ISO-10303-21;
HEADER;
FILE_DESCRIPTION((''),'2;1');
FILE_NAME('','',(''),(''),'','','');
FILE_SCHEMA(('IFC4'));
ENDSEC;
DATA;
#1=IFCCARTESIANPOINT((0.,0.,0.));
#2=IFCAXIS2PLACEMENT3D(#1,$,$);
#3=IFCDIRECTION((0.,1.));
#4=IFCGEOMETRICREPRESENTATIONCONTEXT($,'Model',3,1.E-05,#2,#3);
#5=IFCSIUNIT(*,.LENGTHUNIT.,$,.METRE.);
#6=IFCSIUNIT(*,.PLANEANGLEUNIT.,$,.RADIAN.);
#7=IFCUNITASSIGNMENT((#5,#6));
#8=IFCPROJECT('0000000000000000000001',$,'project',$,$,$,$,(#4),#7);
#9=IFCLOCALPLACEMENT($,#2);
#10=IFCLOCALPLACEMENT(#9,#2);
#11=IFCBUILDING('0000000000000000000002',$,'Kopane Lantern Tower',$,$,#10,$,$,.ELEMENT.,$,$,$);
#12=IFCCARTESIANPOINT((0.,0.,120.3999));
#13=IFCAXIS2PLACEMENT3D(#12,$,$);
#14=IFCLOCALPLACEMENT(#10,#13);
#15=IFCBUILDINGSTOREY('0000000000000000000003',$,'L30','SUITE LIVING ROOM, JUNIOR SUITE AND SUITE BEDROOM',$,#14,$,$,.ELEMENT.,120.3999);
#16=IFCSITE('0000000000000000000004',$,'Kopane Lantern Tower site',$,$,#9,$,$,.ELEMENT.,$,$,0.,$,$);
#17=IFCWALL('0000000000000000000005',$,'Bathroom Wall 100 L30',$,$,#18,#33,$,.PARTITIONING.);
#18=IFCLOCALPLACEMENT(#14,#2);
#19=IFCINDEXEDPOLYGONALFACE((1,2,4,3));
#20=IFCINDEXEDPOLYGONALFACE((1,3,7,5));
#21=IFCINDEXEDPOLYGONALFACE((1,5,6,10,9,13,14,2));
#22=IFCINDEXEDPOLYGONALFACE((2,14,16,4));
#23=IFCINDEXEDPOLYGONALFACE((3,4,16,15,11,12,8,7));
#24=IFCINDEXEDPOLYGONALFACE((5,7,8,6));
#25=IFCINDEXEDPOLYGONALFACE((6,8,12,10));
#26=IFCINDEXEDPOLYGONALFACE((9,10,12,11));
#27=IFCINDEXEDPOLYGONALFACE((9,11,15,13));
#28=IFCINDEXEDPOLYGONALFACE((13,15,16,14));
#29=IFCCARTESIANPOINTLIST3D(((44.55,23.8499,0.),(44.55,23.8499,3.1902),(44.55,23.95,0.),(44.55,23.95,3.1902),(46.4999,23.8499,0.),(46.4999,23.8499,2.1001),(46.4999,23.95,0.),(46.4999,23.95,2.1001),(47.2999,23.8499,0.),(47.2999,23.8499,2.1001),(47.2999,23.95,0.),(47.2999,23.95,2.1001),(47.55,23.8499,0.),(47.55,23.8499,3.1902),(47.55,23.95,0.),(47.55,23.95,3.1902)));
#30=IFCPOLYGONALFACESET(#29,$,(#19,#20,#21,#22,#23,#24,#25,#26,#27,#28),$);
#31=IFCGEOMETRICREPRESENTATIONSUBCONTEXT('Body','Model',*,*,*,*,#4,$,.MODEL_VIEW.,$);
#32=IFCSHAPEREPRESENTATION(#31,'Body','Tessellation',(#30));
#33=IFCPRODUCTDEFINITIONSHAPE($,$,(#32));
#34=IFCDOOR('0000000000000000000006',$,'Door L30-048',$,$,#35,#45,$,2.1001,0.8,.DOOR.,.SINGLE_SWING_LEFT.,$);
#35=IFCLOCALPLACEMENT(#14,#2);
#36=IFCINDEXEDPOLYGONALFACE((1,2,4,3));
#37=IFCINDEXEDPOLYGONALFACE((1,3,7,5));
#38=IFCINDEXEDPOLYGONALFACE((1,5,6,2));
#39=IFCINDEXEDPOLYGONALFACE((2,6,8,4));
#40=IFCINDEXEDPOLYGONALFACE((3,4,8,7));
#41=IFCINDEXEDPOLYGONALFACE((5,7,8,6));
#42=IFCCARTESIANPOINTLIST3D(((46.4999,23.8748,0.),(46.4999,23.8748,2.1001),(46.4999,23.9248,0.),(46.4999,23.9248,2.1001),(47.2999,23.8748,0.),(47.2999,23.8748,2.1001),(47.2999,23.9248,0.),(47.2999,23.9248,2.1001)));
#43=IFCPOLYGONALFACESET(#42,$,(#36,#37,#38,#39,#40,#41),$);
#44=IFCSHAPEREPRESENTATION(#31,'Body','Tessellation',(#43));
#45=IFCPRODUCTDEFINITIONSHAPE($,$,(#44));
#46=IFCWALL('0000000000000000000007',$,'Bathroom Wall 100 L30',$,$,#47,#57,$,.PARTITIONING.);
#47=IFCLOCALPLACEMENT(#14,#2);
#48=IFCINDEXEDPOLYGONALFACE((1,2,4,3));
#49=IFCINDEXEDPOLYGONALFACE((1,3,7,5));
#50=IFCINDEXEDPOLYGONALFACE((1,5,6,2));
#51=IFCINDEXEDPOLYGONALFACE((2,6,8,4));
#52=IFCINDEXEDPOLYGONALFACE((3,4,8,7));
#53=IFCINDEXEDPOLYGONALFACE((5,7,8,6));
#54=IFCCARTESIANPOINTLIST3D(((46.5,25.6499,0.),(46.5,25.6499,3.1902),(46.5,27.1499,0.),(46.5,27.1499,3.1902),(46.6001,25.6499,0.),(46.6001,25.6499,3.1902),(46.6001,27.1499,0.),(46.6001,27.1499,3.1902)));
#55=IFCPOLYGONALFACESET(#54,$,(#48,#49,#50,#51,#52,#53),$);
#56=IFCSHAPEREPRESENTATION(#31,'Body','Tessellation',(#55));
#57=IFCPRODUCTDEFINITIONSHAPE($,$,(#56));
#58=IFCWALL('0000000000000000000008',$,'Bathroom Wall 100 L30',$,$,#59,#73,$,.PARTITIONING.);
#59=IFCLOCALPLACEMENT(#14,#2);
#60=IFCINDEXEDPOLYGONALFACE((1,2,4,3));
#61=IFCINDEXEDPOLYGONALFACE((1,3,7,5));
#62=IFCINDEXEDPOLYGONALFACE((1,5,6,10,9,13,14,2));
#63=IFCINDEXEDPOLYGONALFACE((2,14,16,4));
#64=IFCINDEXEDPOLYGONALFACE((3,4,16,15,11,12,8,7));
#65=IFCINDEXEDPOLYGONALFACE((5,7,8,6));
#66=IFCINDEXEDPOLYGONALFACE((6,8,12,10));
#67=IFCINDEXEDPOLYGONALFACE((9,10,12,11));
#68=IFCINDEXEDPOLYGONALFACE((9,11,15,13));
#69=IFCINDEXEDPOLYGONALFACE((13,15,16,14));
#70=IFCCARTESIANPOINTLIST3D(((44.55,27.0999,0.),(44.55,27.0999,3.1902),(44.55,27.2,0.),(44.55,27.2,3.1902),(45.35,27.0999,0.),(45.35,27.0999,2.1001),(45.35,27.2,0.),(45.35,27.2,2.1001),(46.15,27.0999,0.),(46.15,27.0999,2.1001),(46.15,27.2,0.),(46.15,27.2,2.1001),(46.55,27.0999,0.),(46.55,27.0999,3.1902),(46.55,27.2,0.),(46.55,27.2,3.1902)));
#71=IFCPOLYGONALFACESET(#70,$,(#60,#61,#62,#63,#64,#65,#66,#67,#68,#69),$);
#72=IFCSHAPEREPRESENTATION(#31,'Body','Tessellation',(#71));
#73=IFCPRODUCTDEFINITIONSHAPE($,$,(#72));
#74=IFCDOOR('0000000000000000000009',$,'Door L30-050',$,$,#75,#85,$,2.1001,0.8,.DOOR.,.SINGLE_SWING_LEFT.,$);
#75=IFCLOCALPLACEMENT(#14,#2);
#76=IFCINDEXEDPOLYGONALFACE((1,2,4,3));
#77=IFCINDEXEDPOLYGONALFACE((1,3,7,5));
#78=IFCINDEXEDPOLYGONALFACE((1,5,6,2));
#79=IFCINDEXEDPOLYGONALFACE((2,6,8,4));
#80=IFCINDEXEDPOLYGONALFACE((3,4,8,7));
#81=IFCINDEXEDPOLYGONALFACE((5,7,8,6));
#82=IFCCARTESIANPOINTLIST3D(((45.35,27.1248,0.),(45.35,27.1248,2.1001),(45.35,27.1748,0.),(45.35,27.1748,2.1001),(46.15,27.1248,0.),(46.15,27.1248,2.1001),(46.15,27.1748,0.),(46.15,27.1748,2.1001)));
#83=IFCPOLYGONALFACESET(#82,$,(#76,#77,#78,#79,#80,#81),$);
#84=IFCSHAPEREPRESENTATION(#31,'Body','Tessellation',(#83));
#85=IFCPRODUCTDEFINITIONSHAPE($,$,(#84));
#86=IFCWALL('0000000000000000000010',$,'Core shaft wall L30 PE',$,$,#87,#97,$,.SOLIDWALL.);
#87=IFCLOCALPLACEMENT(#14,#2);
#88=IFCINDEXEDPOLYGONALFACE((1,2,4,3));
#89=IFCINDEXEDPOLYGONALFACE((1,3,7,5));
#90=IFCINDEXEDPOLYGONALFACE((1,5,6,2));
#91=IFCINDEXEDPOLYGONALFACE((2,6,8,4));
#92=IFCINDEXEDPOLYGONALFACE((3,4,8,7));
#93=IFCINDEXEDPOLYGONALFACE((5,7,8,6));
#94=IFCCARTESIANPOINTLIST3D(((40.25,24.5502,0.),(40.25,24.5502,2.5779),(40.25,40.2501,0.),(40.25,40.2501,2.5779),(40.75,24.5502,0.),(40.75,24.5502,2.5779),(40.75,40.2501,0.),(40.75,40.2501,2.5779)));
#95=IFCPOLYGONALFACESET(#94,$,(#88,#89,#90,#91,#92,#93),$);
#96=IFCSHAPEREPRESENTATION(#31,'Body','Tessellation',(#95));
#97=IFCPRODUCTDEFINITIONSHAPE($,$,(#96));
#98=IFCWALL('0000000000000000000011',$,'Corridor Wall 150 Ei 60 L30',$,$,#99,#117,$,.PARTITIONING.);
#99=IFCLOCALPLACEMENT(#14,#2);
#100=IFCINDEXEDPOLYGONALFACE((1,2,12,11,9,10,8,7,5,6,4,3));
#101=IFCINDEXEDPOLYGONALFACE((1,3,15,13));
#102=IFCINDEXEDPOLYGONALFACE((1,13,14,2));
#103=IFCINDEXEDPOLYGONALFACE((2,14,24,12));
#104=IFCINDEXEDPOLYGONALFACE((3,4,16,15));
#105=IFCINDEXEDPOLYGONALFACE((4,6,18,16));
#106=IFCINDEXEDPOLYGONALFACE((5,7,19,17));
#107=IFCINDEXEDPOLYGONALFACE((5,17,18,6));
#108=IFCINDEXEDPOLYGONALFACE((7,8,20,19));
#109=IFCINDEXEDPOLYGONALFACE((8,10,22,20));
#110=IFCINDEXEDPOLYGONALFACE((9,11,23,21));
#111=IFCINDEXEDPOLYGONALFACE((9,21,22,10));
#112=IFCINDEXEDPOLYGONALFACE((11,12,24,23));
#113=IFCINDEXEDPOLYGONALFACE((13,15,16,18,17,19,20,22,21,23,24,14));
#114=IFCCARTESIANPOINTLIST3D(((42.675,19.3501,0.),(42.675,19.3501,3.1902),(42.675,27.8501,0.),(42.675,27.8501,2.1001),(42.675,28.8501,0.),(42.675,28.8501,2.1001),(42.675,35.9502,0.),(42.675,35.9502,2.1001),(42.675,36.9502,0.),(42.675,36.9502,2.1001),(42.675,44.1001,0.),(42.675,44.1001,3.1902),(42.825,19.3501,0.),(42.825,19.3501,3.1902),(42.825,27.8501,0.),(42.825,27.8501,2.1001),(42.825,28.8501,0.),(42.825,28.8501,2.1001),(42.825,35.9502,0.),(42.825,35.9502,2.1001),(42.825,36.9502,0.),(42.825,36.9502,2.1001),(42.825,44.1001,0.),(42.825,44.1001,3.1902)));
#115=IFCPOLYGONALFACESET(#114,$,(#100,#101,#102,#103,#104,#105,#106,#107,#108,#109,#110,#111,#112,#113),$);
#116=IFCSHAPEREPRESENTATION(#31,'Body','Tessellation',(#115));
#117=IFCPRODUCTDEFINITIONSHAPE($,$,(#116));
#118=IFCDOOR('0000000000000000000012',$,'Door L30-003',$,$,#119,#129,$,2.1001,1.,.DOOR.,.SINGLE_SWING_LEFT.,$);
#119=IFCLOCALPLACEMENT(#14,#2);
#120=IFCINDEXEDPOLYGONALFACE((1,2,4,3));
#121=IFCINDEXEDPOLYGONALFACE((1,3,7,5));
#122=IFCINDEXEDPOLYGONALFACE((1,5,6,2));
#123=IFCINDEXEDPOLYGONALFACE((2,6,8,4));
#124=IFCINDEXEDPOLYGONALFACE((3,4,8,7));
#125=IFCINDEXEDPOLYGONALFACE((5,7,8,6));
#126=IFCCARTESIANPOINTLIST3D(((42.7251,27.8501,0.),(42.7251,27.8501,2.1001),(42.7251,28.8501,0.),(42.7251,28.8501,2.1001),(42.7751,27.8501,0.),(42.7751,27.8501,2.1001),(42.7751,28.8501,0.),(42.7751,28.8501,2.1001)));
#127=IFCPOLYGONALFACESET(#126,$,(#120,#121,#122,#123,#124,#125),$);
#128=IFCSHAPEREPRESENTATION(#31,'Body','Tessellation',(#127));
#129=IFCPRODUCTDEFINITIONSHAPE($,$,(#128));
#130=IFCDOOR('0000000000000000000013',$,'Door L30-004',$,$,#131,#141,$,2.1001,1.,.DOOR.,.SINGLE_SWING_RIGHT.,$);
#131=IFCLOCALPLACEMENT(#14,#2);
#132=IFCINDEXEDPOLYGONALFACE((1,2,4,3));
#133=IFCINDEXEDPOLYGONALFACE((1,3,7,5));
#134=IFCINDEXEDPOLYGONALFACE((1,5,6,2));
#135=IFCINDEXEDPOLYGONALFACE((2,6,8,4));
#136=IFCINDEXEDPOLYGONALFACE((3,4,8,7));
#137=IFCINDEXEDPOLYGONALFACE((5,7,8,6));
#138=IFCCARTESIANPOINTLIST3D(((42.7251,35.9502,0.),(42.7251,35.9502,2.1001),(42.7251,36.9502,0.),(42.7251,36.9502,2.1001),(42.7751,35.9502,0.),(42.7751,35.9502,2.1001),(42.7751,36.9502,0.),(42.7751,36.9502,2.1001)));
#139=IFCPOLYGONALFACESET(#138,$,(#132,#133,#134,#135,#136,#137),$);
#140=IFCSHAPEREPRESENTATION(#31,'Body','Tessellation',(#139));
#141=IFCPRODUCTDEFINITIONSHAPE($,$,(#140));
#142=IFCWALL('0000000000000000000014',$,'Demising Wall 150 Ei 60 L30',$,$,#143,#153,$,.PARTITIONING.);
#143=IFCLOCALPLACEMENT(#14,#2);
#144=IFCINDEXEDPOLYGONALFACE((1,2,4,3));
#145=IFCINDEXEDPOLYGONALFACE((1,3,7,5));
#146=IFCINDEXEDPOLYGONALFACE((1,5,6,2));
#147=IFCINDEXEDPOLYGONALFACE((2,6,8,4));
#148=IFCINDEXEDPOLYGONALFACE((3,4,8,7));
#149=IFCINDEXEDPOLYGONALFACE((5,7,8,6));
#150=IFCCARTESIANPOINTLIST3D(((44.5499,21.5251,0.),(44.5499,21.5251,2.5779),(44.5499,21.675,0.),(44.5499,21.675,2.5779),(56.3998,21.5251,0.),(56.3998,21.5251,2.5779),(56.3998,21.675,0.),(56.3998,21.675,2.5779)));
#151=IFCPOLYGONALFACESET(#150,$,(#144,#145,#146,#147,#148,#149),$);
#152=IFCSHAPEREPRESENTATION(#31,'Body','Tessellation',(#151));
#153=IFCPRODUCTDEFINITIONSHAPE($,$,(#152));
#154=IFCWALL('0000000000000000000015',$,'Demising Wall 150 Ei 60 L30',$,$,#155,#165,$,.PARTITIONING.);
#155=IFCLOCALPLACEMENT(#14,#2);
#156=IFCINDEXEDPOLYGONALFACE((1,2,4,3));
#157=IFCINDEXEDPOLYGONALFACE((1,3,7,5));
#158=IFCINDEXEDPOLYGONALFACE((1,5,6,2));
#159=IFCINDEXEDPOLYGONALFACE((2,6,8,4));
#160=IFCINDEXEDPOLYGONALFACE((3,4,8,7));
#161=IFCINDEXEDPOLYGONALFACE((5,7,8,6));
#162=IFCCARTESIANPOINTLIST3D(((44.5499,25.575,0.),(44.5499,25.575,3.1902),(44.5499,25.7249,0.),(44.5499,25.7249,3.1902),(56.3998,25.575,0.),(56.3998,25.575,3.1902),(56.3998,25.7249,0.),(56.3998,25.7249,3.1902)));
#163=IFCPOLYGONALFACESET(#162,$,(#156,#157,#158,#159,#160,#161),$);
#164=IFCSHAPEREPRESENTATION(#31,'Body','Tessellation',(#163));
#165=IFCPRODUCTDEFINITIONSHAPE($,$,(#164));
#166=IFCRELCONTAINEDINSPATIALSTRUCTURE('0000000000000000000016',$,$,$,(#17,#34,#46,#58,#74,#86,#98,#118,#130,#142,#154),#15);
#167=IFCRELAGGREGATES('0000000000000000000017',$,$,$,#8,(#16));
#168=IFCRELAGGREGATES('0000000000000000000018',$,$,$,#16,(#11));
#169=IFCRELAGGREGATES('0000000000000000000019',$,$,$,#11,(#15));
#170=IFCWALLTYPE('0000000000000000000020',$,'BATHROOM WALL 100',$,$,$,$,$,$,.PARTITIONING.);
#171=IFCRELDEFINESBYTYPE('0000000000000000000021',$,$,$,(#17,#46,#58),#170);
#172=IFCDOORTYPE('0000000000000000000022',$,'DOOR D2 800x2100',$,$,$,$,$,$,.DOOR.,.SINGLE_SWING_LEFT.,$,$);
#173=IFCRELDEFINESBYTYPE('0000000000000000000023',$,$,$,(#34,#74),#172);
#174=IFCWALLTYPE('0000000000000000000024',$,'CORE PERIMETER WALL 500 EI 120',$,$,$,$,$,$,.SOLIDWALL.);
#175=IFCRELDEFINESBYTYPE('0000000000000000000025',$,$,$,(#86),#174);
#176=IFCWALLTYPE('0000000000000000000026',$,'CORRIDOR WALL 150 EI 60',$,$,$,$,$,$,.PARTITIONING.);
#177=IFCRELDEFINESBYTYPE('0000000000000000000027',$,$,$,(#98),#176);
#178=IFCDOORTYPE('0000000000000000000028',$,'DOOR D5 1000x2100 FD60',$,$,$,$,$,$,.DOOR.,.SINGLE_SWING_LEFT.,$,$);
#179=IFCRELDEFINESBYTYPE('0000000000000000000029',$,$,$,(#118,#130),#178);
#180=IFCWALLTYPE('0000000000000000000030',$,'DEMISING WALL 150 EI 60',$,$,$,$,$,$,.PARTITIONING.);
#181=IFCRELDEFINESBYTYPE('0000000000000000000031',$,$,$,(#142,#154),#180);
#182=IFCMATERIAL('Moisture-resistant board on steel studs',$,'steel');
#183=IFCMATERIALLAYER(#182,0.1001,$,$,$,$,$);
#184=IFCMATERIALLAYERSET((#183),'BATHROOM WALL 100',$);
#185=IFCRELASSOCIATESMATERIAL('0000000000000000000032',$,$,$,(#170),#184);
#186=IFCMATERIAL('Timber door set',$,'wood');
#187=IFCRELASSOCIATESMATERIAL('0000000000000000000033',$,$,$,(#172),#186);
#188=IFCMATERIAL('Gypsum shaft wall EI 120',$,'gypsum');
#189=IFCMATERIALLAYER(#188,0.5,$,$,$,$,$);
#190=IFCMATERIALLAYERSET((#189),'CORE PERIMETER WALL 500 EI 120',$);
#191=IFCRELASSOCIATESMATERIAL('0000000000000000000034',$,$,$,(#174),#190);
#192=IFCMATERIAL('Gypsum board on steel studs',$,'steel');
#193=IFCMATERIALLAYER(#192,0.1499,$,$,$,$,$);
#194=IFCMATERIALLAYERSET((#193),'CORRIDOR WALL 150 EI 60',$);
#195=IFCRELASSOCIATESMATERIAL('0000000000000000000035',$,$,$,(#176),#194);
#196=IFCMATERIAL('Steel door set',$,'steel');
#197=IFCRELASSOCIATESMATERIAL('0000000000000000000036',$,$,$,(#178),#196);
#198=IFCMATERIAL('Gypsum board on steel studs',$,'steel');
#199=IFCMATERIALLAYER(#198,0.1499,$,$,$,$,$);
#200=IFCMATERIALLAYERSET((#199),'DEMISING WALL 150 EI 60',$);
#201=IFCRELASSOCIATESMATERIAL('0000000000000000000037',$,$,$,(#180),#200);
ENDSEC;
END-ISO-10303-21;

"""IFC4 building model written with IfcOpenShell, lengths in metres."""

from ifc_helpers import new_model, si_unit, direction, frame, frame_2d, origin, place, context, subcontext, project, spatial, rectangle, extrude, material, layer, layer_set, type_object, element, fill, save


model = new_model("IFC4")

# Units and contexts
model_context = context("Model", 3, precision=1e-05, world=origin(), true_north=direction((0.0, 1.0)))
body_context = subcontext(model_context, "Body", "Model", "MODEL_VIEW")
ifc_project = project(units=[si_unit("LENGTHUNIT", "METRE"), si_unit("PLANEANGLEUNIT", "RADIAN")], contexts=[model_context])

# Site, building, storey
site_placement = place(None, origin())
site = spatial("IfcSite", under=ifc_project, at=site_placement, Name="Kopane Lantern Tower site", CompositionType="ELEMENT", RefElevation=0.0)
building_placement = place(site_placement, origin())
building = spatial("IfcBuilding", under=site, at=building_placement, Name="Kopane Lantern Tower", CompositionType="ELEMENT")
storey_placement = place(building_placement, frame((0.0, 0.0, 120.3999)))
storey = spatial("IfcBuildingStorey", under=building, at=storey_placement, Name="L30", Description="SUITE LIVING ROOM, JUNIOR SUITE AND SUITE BEDROOM", CompositionType="ELEMENT", Elevation=120.3999)

# Shared definitions
ifc_material_1 = material(Name="Moisture-resistant board on steel studs", Category="steel")
ifc_layer_1 = layer(ifc_material_1, 0.1001)
ifc_layer_set_1 = layer_set([ifc_layer_1], Name="BATHROOM WALL 100")
wall_type_1 = type_object("IfcWallType", Name="BATHROOM WALL 100", PredefinedType="PARTITIONING", material=ifc_layer_set_1)

# Wall, opening, door
wall_1_placement = place(storey_placement, frame((44.55, 23.8999, 0.0), z_axis=(0.0, 0.0, 1.0), x_axis=(1.0, 0.0, 0.0)))
wall_1 = element("IfcWall", 1, at=wall_1_placement, inside=storey, type_object=wall_type_1, Name="Bathroom Wall 100 L30", PredefinedType="PARTITIONING", context=body_context, shape_type="SweptSolid", body=[
    extrude(rectangle(XDim=3.0, YDim=0.1001, at=frame_2d((1.5, 0.0))), origin(), (0.0, 0.0, 1.0), 3.1902),
])
opening_1_placement = place(wall_1_placement, frame((1.95, 0.0, 0.0)))
opening_1 = element("IfcOpeningElement", 2, at=opening_1_placement, cuts=wall_1, PredefinedType="OPENING", context=body_context, shape_type="SweptSolid", body=[
    extrude(rectangle(XDim=0.8, YDim=2.1001, at=frame_2d((0.3999, 1.05))), frame((0.0, 0.0601, 0.0), z_axis=(0.0, -1.0, 0.0), x_axis=(1.0, 0.0, 0.0)), (0.0, 0.0, 1.0), 0.1201),
])
ifc_material_2 = material(Name="Timber door set", Category="wood")
door_type_1 = type_object("IfcDoorType", Name="DOOR D2 800x2100", OperationType="SINGLE_SWING_LEFT", PredefinedType="DOOR", material=ifc_material_2)
door_1_placement = place(opening_1_placement, origin())
door_1 = element("IfcDoor", 3, at=door_1_placement, inside=storey, type_object=door_type_1, Name="Door L30-048", OperationType="SINGLE_SWING_LEFT", OverallHeight=2.1001, OverallWidth=0.8, PredefinedType="DOOR", context=body_context, shape_type="SweptSolid", body=[
    extrude(rectangle(XDim=0.8, YDim=2.1001, at=frame_2d((0.3999, 1.05))), frame((0.0, 0.0249, 0.0), z_axis=(0.0, -1.0, 0.0), x_axis=(1.0, 0.0, 0.0)), (0.0, 0.0, 1.0), 0.05),
])
fill(opening_1, door_1)

# Wall
wall_2_placement = place(storey_placement, frame((46.55, 25.6499, 0.0), z_axis=(0.0, 0.0, 1.0), x_axis=(0.0, 1.0, 0.0)))
element("IfcWall", 4, at=wall_2_placement, inside=storey, type_object=wall_type_1, Name="Bathroom Wall 100 L30", PredefinedType="PARTITIONING", context=body_context, shape_type="SweptSolid", body=[
    extrude(rectangle(XDim=1.5, YDim=0.1001, at=frame_2d((0.75, 0.0))), origin(), (0.0, 0.0, 1.0), 3.1902),
])

# Wall, opening, door
wall_3_placement = place(storey_placement, frame((44.55, 27.1499, 0.0), z_axis=(0.0, 0.0, 1.0), x_axis=(1.0, 0.0, 0.0)))
wall_3 = element("IfcWall", 5, at=wall_3_placement, inside=storey, type_object=wall_type_1, Name="Bathroom Wall 100 L30", PredefinedType="PARTITIONING", context=body_context, shape_type="SweptSolid", body=[
    extrude(rectangle(XDim=2.0, YDim=0.1001, at=frame_2d((1.0, 0.0))), origin(), (0.0, 0.0, 1.0), 3.1902),
])
opening_2_placement = place(wall_3_placement, frame((0.8, 0.0, 0.0)))
opening_2 = element("IfcOpeningElement", 6, at=opening_2_placement, cuts=wall_3, PredefinedType="OPENING", context=body_context, shape_type="SweptSolid", body=[
    extrude(rectangle(XDim=0.8, YDim=2.1001, at=frame_2d((0.3999, 1.05))), frame((0.0, 0.0601, 0.0), z_axis=(0.0, -1.0, 0.0), x_axis=(1.0, 0.0, 0.0)), (0.0, 0.0, 1.0), 0.1201),
])
door_2_placement = place(opening_2_placement, origin())
door_2 = element("IfcDoor", 7, at=door_2_placement, inside=storey, type_object=door_type_1, Name="Door L30-050", OperationType="SINGLE_SWING_LEFT", OverallHeight=2.1001, OverallWidth=0.8, PredefinedType="DOOR", context=body_context, shape_type="SweptSolid", body=[
    extrude(rectangle(XDim=0.8, YDim=2.1001, at=frame_2d((0.3999, 1.05))), frame((0.0, 0.0249, 0.0), z_axis=(0.0, -1.0, 0.0), x_axis=(1.0, 0.0, 0.0)), (0.0, 0.0, 1.0), 0.05),
])
fill(opening_2, door_2)

# Wall
ifc_material_3 = material(Name="Gypsum shaft wall EI 120", Category="gypsum")
ifc_layer_2 = layer(ifc_material_3, 0.5)
ifc_layer_set_2 = layer_set([ifc_layer_2], Name="CORE PERIMETER WALL 500 EI 120")
wall_type_2 = type_object("IfcWallType", Name="CORE PERIMETER WALL 500 EI 120", PredefinedType="SOLIDWALL", material=ifc_layer_set_2)
wall_4_placement = place(storey_placement, frame((40.5, 24.55, 0.0), z_axis=(0.0, 0.0, 1.0), x_axis=(0.0, 1.0, 0.0)))
element("IfcWall", 8, at=wall_4_placement, inside=storey, type_object=wall_type_2, Name="Core shaft wall L30 PE", PredefinedType="SOLIDWALL", context=body_context, shape_type="SweptSolid", body=[
    extrude(rectangle(XDim=15.7, YDim=0.5, at=frame_2d((7.8501, 0.0))), origin(), (0.0, 0.0, 1.0), 2.5779),
])

# Wall, openings, doors
ifc_material_4 = material(Name="Gypsum board on steel studs", Category="steel")
ifc_layer_3 = layer(ifc_material_4, 0.1499)
ifc_layer_set_3 = layer_set([ifc_layer_3], Name="CORRIDOR WALL 150 EI 60")
wall_type_3 = type_object("IfcWallType", Name="CORRIDOR WALL 150 EI 60", PredefinedType="PARTITIONING", material=ifc_layer_set_3)
wall_5_placement = place(storey_placement, frame((42.75, 19.3501, 0.0), z_axis=(0.0, 0.0, 1.0), x_axis=(0.0, 1.0, 0.0)))
wall_5 = element("IfcWall", 9, at=wall_5_placement, inside=storey, type_object=wall_type_3, Name="Corridor Wall 150 Ei 60 L30", PredefinedType="PARTITIONING", context=body_context, shape_type="SweptSolid", body=[
    extrude(rectangle(XDim=24.75, YDim=0.1499, at=frame_2d((12.375, 0.0))), origin(), (0.0, 0.0, 1.0), 3.1902),
])
opening_3_placement = place(wall_5_placement, frame((8.5, 0.0, 0.0)))
opening_3 = element("IfcOpeningElement", 10, at=opening_3_placement, cuts=wall_5, PredefinedType="OPENING", context=body_context, shape_type="SweptSolid", body=[
    extrude(rectangle(XDim=1.0, YDim=2.1001, at=frame_2d((0.5, 1.05))), frame((0.0, 0.085, 0.0), z_axis=(0.0, -1.0, 0.0), x_axis=(1.0, 0.0, 0.0)), (0.0, 0.0, 1.0), 0.1699),
])
opening_4_placement = place(wall_5_placement, frame((16.6001, 0.0, 0.0)))
opening_4 = element("IfcOpeningElement", 11, at=opening_4_placement, cuts=wall_5, PredefinedType="OPENING", context=body_context, shape_type="SweptSolid", body=[
    extrude(rectangle(XDim=1.0, YDim=2.1001, at=frame_2d((0.5, 1.05))), frame((0.0, 0.085, 0.0), z_axis=(0.0, -1.0, 0.0), x_axis=(1.0, 0.0, 0.0)), (0.0, 0.0, 1.0), 0.1699),
])
ifc_material_5 = material(Name="Steel door set", Category="steel")
door_type_2 = type_object("IfcDoorType", Name="DOOR D5 1000x2100 FD60", OperationType="SINGLE_SWING_LEFT", PredefinedType="DOOR", material=ifc_material_5)
door_3_placement = place(opening_3_placement, origin())
door_3 = element("IfcDoor", 12, at=door_3_placement, inside=storey, type_object=door_type_2, Name="Door L30-003", OperationType="SINGLE_SWING_LEFT", OverallHeight=2.1001, OverallWidth=1.0, PredefinedType="DOOR", context=body_context, shape_type="SweptSolid", body=[
    extrude(rectangle(XDim=1.0, YDim=2.1001, at=frame_2d((0.5, 1.05))), frame((0.0, 0.0249, 0.0), z_axis=(0.0, -1.0, 0.0), x_axis=(1.0, 0.0, 0.0)), (0.0, 0.0, 1.0), 0.05),
])
fill(opening_3, door_3)
door_4_placement = place(opening_4_placement, origin())
door_4 = element("IfcDoor", 13, at=door_4_placement, inside=storey, type_object=door_type_2, Name="Door L30-004", OperationType="SINGLE_SWING_RIGHT", OverallHeight=2.1001, OverallWidth=1.0, PredefinedType="DOOR", context=body_context, shape_type="SweptSolid", body=[
    extrude(rectangle(XDim=1.0, YDim=2.1001, at=frame_2d((0.5, 1.05))), frame((0.0, 0.0249, 0.0), z_axis=(0.0, -1.0, 0.0), x_axis=(1.0, 0.0, 0.0)), (0.0, 0.0, 1.0), 0.05),
])
fill(opening_4, door_4)

# Walls
ifc_material_6 = material(Name="Gypsum board on steel studs", Category="steel")
ifc_layer_4 = layer(ifc_material_6, 0.1499)
ifc_layer_set_4 = layer_set([ifc_layer_4], Name="DEMISING WALL 150 EI 60")
wall_type_4 = type_object("IfcWallType", Name="DEMISING WALL 150 EI 60", PredefinedType="PARTITIONING", material=ifc_layer_set_4)
wall_6_placement = place(storey_placement, frame((44.55, 21.6001, 0.0), z_axis=(0.0, 0.0, 1.0), x_axis=(1.0, 0.0, 0.0)))
element("IfcWall", 14, at=wall_6_placement, inside=storey, type_object=wall_type_4, Name="Demising Wall 150 Ei 60 L30", PredefinedType="PARTITIONING", context=body_context, shape_type="SweptSolid", body=[
    extrude(rectangle(XDim=11.8499, YDim=0.1499, at=frame_2d((5.9248, 0.0))), origin(), (0.0, 0.0, 1.0), 2.5779),
])
wall_7_placement = place(storey_placement, frame((44.55, 25.6499, 0.0), z_axis=(0.0, 0.0, 1.0), x_axis=(1.0, 0.0, 0.0)))
element("IfcWall", 15, at=wall_7_placement, inside=storey, type_object=wall_type_4, Name="Demising Wall 150 Ei 60 L30", PredefinedType="PARTITIONING", context=body_context, shape_type="SweptSolid", body=[
    extrude(rectangle(XDim=11.8499, YDim=0.1499, at=frame_2d((5.9248, 0.0))), origin(), (0.0, 0.0, 1.0), 3.1902),
])

save(model, "model.ifc")
